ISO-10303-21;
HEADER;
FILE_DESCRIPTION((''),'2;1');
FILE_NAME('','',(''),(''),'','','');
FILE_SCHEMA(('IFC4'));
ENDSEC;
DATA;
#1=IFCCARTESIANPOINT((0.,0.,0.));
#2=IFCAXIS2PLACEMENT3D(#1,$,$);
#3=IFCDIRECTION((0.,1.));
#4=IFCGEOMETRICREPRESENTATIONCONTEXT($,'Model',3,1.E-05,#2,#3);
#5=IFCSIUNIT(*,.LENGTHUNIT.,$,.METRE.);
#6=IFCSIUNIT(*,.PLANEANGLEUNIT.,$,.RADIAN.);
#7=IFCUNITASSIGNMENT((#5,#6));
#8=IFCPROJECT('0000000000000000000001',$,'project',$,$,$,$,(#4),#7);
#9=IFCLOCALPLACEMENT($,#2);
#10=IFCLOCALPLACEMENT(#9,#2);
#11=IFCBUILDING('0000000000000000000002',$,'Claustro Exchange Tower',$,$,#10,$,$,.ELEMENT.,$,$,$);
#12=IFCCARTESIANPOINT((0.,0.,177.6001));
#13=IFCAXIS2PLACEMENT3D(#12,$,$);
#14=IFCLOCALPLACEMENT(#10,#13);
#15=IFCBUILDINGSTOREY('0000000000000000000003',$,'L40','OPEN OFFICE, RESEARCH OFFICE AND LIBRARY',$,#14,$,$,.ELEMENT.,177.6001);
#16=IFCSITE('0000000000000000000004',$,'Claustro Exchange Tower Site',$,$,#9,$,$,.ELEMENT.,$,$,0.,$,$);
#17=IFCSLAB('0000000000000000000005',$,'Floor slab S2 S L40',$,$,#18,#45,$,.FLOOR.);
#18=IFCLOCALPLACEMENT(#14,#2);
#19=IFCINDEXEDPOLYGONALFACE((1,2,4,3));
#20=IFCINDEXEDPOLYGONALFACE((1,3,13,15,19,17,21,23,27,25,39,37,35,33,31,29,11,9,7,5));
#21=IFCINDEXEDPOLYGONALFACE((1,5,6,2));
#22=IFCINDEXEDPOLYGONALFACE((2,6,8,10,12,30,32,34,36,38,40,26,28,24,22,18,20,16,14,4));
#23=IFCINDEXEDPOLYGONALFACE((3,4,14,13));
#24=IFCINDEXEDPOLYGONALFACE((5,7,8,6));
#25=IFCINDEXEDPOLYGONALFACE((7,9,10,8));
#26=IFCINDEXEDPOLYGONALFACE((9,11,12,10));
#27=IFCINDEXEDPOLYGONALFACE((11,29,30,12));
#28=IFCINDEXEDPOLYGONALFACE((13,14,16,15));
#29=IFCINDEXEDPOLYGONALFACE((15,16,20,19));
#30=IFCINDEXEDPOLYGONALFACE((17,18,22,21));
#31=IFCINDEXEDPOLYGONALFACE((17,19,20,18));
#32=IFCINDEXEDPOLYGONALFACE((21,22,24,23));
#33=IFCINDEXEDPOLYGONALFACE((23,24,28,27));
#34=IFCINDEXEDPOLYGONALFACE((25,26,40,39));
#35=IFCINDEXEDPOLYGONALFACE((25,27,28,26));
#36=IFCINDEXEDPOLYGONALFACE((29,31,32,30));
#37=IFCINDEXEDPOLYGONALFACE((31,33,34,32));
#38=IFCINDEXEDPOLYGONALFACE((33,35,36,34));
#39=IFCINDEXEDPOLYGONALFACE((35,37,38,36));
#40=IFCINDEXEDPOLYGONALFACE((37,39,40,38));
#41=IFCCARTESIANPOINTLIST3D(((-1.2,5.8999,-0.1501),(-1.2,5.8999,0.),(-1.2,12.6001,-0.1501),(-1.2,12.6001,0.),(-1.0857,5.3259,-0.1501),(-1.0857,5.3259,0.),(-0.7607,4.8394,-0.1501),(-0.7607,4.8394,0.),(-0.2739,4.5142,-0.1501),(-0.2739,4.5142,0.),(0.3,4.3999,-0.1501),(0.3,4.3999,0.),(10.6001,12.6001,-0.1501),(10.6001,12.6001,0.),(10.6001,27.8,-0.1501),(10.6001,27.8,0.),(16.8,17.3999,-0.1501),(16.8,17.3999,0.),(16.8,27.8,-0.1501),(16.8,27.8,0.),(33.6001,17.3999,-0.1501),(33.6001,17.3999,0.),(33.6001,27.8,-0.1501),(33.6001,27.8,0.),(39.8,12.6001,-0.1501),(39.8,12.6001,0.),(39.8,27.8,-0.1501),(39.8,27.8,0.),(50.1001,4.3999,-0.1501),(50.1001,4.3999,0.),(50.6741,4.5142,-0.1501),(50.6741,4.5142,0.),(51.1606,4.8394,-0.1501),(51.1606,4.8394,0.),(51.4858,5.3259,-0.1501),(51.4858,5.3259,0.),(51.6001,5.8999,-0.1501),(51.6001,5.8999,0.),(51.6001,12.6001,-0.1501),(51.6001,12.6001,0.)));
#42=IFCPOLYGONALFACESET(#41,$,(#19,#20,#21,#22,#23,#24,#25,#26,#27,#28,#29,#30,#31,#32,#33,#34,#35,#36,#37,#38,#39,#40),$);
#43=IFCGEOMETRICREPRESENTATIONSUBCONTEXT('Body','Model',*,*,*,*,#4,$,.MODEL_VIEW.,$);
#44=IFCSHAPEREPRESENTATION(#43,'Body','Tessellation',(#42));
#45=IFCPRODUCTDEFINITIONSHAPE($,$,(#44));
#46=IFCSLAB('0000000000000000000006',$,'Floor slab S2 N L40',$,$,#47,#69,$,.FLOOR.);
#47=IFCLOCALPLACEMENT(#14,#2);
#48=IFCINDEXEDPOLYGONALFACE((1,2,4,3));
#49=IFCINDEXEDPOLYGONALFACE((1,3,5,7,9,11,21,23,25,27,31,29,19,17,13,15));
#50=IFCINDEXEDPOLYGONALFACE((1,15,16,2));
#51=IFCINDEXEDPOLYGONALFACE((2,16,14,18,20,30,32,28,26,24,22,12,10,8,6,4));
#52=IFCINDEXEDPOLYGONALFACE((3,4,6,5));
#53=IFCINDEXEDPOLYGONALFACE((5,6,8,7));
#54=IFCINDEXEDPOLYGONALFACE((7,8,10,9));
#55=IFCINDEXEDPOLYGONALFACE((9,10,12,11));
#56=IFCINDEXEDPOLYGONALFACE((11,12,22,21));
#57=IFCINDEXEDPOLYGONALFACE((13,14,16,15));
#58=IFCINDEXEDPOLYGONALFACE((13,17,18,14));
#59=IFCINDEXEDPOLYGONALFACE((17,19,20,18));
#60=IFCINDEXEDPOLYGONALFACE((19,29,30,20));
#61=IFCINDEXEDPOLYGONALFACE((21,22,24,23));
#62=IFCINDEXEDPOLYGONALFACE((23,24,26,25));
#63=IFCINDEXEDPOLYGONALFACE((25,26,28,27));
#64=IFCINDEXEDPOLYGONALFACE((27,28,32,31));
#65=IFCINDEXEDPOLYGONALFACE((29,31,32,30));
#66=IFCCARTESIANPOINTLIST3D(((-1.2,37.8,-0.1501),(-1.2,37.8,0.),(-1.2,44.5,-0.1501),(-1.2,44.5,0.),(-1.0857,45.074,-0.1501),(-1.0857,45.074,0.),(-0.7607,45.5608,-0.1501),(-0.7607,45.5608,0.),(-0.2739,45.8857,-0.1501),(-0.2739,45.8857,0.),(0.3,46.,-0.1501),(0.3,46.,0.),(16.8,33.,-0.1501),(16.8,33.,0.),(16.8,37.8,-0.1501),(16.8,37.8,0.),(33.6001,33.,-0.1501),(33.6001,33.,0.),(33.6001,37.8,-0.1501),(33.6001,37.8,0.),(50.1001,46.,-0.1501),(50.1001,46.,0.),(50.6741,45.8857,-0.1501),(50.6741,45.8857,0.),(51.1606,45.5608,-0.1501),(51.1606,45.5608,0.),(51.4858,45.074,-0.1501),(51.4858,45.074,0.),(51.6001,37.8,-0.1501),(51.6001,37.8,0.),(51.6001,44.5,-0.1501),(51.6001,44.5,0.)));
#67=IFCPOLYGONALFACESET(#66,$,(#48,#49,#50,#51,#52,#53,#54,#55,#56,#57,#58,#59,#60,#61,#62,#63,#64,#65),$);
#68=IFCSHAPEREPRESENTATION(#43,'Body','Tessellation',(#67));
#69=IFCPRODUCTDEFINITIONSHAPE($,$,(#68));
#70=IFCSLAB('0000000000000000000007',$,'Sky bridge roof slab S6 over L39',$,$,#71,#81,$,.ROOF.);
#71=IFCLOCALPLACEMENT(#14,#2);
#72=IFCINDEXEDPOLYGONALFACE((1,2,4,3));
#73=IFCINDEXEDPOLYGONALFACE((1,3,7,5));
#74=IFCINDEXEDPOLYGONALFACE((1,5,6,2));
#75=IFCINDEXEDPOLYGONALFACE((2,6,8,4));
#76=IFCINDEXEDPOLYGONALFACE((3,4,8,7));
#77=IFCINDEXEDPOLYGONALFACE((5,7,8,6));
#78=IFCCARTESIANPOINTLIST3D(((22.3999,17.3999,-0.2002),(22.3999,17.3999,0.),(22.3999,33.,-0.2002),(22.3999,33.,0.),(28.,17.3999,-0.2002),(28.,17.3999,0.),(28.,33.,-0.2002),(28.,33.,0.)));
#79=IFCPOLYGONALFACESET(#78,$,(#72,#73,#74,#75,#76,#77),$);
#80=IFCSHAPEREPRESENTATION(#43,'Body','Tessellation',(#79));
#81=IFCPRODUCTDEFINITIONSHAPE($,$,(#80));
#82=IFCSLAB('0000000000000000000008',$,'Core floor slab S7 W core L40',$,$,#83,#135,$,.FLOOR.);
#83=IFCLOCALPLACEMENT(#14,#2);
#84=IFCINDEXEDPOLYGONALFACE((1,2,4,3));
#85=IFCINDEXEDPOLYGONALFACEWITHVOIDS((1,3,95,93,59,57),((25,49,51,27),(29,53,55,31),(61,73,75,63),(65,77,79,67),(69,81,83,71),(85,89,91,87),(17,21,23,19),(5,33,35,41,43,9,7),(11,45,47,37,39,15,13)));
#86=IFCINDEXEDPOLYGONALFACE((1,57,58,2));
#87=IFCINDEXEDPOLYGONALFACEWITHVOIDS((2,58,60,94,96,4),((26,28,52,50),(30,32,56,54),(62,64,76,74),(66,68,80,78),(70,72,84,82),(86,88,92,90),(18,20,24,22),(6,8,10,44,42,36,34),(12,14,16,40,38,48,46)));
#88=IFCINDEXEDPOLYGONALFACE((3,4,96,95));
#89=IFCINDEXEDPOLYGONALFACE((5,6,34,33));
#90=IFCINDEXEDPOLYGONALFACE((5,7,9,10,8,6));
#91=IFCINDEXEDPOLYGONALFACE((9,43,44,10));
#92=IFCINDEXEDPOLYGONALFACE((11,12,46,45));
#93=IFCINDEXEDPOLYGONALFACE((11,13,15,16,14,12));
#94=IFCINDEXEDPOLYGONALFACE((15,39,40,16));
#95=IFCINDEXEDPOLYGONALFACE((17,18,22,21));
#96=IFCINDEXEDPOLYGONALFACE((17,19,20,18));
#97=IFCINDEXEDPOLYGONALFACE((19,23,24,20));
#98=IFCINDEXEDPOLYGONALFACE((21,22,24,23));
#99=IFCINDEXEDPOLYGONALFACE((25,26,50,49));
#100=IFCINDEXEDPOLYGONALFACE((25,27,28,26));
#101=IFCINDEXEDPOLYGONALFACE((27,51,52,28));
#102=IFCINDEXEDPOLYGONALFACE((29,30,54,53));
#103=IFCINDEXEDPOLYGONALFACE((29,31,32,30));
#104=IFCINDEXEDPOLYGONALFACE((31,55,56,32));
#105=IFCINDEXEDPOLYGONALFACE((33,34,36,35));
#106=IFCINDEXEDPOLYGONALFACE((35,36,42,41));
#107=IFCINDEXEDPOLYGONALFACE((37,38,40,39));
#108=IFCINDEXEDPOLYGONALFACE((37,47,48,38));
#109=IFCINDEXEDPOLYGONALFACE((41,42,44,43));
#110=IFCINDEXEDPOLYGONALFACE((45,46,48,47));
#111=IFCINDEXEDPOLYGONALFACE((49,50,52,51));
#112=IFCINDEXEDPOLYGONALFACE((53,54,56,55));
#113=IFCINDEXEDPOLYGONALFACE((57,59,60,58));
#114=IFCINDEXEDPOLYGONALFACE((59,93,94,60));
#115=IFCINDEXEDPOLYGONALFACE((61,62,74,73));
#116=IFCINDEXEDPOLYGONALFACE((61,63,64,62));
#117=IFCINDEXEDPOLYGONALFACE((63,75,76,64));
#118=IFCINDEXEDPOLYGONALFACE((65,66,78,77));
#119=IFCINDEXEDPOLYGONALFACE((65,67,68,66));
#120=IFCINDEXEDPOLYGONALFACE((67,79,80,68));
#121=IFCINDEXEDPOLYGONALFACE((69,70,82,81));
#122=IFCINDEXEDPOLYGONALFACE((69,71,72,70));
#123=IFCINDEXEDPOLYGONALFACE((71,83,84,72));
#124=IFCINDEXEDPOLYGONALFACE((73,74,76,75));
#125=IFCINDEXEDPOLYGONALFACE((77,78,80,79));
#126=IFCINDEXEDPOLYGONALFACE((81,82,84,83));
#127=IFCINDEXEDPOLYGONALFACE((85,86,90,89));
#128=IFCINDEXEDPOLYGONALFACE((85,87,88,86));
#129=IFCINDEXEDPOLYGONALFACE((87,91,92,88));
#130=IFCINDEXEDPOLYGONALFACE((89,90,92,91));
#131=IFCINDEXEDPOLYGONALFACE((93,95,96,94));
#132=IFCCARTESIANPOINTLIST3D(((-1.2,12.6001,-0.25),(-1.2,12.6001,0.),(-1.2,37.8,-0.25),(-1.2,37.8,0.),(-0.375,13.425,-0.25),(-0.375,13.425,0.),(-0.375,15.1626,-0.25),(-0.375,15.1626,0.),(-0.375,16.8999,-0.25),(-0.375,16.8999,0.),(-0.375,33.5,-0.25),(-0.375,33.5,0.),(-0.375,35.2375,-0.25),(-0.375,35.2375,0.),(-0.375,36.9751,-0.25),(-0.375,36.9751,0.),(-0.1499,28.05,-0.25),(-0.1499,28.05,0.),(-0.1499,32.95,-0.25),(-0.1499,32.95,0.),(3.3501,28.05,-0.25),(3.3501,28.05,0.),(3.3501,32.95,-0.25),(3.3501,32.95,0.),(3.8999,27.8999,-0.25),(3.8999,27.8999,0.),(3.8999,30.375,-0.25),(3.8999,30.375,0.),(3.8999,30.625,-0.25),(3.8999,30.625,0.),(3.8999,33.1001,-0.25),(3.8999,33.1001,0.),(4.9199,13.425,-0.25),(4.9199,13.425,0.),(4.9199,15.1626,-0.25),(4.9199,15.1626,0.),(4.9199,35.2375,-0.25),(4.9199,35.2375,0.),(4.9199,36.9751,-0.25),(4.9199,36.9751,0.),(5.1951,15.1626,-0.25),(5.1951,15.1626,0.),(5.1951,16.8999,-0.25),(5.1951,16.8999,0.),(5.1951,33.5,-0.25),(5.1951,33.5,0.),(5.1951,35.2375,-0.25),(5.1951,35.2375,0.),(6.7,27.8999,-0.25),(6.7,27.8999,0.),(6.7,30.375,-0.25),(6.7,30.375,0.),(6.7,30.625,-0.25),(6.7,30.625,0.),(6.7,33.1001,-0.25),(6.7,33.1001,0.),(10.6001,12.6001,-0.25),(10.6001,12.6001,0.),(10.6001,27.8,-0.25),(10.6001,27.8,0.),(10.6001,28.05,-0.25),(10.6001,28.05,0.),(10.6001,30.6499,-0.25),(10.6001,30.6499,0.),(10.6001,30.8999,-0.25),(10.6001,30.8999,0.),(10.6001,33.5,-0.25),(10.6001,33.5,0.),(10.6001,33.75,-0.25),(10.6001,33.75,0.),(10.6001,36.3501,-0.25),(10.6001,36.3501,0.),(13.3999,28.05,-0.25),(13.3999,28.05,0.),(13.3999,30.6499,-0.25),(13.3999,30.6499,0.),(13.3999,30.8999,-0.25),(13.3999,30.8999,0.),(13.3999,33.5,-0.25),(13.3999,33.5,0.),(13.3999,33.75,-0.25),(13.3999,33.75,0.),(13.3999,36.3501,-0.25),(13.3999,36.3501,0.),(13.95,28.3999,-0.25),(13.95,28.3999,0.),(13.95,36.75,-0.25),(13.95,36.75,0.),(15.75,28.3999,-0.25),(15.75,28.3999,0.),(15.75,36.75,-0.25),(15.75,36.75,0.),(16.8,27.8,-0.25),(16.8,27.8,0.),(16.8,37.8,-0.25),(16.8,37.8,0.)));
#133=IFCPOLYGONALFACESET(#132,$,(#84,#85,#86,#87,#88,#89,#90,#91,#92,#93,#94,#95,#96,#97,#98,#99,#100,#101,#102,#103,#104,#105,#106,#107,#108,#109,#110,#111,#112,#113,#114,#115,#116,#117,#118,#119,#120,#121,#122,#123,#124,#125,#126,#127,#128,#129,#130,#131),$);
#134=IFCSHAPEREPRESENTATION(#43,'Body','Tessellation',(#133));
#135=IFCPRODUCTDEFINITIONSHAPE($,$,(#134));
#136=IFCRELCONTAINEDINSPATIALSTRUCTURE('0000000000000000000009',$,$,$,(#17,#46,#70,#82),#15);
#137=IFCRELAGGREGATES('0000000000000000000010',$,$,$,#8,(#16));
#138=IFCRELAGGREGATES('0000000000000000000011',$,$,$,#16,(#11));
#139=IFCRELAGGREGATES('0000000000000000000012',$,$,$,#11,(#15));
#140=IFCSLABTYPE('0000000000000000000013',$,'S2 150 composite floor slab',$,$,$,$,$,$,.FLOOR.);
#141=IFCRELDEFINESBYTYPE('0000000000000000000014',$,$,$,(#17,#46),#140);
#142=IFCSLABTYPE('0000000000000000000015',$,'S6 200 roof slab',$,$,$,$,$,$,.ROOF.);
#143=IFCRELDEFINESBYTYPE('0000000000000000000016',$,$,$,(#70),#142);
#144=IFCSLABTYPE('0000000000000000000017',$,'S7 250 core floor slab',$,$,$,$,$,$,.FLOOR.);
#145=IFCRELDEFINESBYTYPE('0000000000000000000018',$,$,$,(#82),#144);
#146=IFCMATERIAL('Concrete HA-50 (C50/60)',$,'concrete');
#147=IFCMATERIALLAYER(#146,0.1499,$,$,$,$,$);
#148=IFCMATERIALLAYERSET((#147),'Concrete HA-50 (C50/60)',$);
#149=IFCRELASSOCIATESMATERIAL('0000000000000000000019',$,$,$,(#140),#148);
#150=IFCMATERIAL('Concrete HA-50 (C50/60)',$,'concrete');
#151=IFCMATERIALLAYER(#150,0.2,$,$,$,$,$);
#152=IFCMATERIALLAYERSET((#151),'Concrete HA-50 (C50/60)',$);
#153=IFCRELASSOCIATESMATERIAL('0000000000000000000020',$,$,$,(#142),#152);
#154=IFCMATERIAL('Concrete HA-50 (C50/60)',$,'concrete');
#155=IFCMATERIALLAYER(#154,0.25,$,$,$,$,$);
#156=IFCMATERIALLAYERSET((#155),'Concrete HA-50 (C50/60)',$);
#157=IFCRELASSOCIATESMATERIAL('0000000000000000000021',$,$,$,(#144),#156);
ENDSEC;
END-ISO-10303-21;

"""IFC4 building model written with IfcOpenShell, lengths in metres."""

from ifc_helpers import new_model, si_unit, direction, frame, origin, place, context, subcontext, project, spatial, polyline, outline, extrude, material, layer, layer_set, type_object, element, save


model = new_model("IFC4")

# Units and contexts
model_context = context("Model", 3, precision=1e-05, world=origin(), true_north=direction((0.0, 1.0)))
body_context = subcontext(model_context, "Body", "Model", "MODEL_VIEW")
ifc_project = project(units=[si_unit("LENGTHUNIT", "METRE"), si_unit("PLANEANGLEUNIT", "RADIAN")], contexts=[model_context])

# Site, building, storey
site_placement = place(None, origin())
site = spatial("IfcSite", under=ifc_project, at=site_placement, Name="Claustro Exchange Tower Site", CompositionType="ELEMENT", RefElevation=0.0)
building_placement = place(site_placement, origin())
building = spatial("IfcBuilding", under=site, at=building_placement, Name="Claustro Exchange Tower", CompositionType="ELEMENT")
storey_placement = place(building_placement, frame((0.0, 0.0, 177.6001)))
storey = spatial("IfcBuildingStorey", under=building, at=storey_placement, Name="L40", Description="OPEN OFFICE, RESEARCH OFFICE AND LIBRARY", CompositionType="ELEMENT", Elevation=177.6001)

# Slabs
ifc_material_1 = material(Name="Concrete HA-50 (C50/60)", Category="concrete")
ifc_layer_1 = layer(ifc_material_1, 0.1499)
ifc_layer_set_1 = layer_set([ifc_layer_1], Name="Concrete HA-50 (C50/60)")
slab_type_1 = type_object("IfcSlabType", Name="S2 150 composite floor slab", PredefinedType="FLOOR", material=ifc_layer_set_1)
slab_1_placement = place(storey_placement, frame((0.0, 0.0, -0.1501)))
element("IfcSlab", 1, at=slab_1_placement, inside=storey, type_object=slab_type_1, Name="Floor slab S2 S L40", PredefinedType="FLOOR", context=body_context, shape_type="SweptSolid", body=[
    extrude(outline(polyline([(-0.2739, 4.5142), (0.3, 4.3999), (50.1001, 4.3999), (50.6741, 4.5142), (51.1606, 4.8394), (51.4858, 5.3259), (51.6001, 5.8999), (51.6001, 12.6001), (39.8, 12.6001), (39.8, 27.8), (33.6001, 27.8), (33.6001, 17.3999), (16.8, 17.3999), (16.8, 27.8), (10.6001, 27.8), (10.6001, 12.6001), (-1.2, 12.6001), (-1.2, 5.8999), (-1.0857, 5.3259), (-0.7607, 4.8394), (-0.2739, 4.5142)])), origin(), (0.0, 0.0, 1.0), 0.1501),
])
slab_2_placement = place(storey_placement, frame((0.0, 0.0, -0.1501)))
element("IfcSlab", 2, at=slab_2_placement, inside=storey, type_object=slab_type_1, Name="Floor slab S2 N L40", PredefinedType="FLOOR", context=body_context, shape_type="SweptSolid", body=[
    extrude(outline(polyline([(16.8, 37.8), (16.8, 33.0), (33.6001, 33.0), (33.6001, 37.8), (51.6001, 37.8), (51.6001, 44.5), (51.4858, 45.074), (51.1606, 45.5608), (50.6741, 45.8857), (50.1001, 46.0), (0.3, 46.0), (-0.2739, 45.8857), (-0.7607, 45.5608), (-1.0857, 45.074), (-1.2, 44.5), (-1.2, 37.8), (16.8, 37.8)])), origin(), (0.0, 0.0, 1.0), 0.1501),
])
ifc_material_2 = material(Name="Concrete HA-50 (C50/60)", Category="concrete")
ifc_layer_2 = layer(ifc_material_2, 0.2)
ifc_layer_set_2 = layer_set([ifc_layer_2], Name="Concrete HA-50 (C50/60)")
slab_type_2 = type_object("IfcSlabType", Name="S6 200 roof slab", PredefinedType="ROOF", material=ifc_layer_set_2)
slab_3_placement = place(storey_placement, frame((0.0, 0.0, -0.2002)))
element("IfcSlab", 3, at=slab_3_placement, inside=storey, type_object=slab_type_2, Name="Sky bridge roof slab S6 over L39", PredefinedType="ROOF", context=body_context, shape_type="SweptSolid", body=[
    extrude(outline(polyline([(28.0, 17.3999), (28.0, 33.0), (22.3999, 33.0), (22.3999, 17.3999), (28.0, 17.3999)])), origin(), (0.0, 0.0, 1.0), 0.2002),
])
ifc_material_3 = material(Name="Concrete HA-50 (C50/60)", Category="concrete")
ifc_layer_3 = layer(ifc_material_3, 0.25)
ifc_layer_set_3 = layer_set([ifc_layer_3], Name="Concrete HA-50 (C50/60)")
slab_type_3 = type_object("IfcSlabType", Name="S7 250 core floor slab", PredefinedType="FLOOR", material=ifc_layer_set_3)
slab_4_placement = place(storey_placement, frame((0.0, 0.0, -0.25)))
element("IfcSlab", 4, at=slab_4_placement, inside=storey, type_object=slab_type_3, Name="Core floor slab S7 W core L40", PredefinedType="FLOOR", context=body_context, shape_type="SweptSolid", body=[
    extrude(outline(polyline([(-1.2, 37.8), (-1.2, 12.6001), (10.6001, 12.6001), (10.6001, 27.8), (16.8, 27.8), (16.8, 37.8), (-1.2, 37.8)]), holes=[polyline([(13.95, 36.75), (15.75, 36.75), (15.75, 28.3999), (13.95, 28.3999), (13.95, 36.75)]), polyline([(10.6001, 30.6499), (13.3999, 30.6499), (13.3999, 28.05), (10.6001, 28.05), (10.6001, 30.6499)]), polyline([(10.6001, 33.5), (13.3999, 33.5), (13.3999, 30.8999), (10.6001, 30.8999), (10.6001, 33.5)]), polyline([(13.3999, 36.3501), (13.3999, 33.75), (10.6001, 33.75), (10.6001, 36.3501), (13.3999, 36.3501)]), polyline([(3.8999, 30.375), (6.7, 30.375), (6.7, 27.8999), (3.8999, 27.8999), (3.8999, 30.375)]), polyline([(3.8999, 33.1001), (6.7, 33.1001), (6.7, 30.625), (3.8999, 30.625), (3.8999, 33.1001)]), polyline([(-0.375, 15.1626), (-0.375, 16.8999), (5.1951, 16.8999), (5.1951, 15.1626), (4.9199, 15.1626), (4.9199, 13.425), (-0.375, 13.425), (-0.375, 15.1626)]), polyline([(-0.375, 35.2375), (-0.375, 36.9751), (4.9199, 36.9751), (4.9199, 35.2375), (5.1951, 35.2375), (5.1951, 33.5), (-0.375, 33.5), (-0.375, 35.2375)]), polyline([(-0.1499, 32.95), (3.3501, 32.95), (3.3501, 28.05), (-0.1499, 28.05), (-0.1499, 32.95)])]), origin(), (0.0, 0.0, 1.0), 0.25),
])

save(model, "model.ifc")
